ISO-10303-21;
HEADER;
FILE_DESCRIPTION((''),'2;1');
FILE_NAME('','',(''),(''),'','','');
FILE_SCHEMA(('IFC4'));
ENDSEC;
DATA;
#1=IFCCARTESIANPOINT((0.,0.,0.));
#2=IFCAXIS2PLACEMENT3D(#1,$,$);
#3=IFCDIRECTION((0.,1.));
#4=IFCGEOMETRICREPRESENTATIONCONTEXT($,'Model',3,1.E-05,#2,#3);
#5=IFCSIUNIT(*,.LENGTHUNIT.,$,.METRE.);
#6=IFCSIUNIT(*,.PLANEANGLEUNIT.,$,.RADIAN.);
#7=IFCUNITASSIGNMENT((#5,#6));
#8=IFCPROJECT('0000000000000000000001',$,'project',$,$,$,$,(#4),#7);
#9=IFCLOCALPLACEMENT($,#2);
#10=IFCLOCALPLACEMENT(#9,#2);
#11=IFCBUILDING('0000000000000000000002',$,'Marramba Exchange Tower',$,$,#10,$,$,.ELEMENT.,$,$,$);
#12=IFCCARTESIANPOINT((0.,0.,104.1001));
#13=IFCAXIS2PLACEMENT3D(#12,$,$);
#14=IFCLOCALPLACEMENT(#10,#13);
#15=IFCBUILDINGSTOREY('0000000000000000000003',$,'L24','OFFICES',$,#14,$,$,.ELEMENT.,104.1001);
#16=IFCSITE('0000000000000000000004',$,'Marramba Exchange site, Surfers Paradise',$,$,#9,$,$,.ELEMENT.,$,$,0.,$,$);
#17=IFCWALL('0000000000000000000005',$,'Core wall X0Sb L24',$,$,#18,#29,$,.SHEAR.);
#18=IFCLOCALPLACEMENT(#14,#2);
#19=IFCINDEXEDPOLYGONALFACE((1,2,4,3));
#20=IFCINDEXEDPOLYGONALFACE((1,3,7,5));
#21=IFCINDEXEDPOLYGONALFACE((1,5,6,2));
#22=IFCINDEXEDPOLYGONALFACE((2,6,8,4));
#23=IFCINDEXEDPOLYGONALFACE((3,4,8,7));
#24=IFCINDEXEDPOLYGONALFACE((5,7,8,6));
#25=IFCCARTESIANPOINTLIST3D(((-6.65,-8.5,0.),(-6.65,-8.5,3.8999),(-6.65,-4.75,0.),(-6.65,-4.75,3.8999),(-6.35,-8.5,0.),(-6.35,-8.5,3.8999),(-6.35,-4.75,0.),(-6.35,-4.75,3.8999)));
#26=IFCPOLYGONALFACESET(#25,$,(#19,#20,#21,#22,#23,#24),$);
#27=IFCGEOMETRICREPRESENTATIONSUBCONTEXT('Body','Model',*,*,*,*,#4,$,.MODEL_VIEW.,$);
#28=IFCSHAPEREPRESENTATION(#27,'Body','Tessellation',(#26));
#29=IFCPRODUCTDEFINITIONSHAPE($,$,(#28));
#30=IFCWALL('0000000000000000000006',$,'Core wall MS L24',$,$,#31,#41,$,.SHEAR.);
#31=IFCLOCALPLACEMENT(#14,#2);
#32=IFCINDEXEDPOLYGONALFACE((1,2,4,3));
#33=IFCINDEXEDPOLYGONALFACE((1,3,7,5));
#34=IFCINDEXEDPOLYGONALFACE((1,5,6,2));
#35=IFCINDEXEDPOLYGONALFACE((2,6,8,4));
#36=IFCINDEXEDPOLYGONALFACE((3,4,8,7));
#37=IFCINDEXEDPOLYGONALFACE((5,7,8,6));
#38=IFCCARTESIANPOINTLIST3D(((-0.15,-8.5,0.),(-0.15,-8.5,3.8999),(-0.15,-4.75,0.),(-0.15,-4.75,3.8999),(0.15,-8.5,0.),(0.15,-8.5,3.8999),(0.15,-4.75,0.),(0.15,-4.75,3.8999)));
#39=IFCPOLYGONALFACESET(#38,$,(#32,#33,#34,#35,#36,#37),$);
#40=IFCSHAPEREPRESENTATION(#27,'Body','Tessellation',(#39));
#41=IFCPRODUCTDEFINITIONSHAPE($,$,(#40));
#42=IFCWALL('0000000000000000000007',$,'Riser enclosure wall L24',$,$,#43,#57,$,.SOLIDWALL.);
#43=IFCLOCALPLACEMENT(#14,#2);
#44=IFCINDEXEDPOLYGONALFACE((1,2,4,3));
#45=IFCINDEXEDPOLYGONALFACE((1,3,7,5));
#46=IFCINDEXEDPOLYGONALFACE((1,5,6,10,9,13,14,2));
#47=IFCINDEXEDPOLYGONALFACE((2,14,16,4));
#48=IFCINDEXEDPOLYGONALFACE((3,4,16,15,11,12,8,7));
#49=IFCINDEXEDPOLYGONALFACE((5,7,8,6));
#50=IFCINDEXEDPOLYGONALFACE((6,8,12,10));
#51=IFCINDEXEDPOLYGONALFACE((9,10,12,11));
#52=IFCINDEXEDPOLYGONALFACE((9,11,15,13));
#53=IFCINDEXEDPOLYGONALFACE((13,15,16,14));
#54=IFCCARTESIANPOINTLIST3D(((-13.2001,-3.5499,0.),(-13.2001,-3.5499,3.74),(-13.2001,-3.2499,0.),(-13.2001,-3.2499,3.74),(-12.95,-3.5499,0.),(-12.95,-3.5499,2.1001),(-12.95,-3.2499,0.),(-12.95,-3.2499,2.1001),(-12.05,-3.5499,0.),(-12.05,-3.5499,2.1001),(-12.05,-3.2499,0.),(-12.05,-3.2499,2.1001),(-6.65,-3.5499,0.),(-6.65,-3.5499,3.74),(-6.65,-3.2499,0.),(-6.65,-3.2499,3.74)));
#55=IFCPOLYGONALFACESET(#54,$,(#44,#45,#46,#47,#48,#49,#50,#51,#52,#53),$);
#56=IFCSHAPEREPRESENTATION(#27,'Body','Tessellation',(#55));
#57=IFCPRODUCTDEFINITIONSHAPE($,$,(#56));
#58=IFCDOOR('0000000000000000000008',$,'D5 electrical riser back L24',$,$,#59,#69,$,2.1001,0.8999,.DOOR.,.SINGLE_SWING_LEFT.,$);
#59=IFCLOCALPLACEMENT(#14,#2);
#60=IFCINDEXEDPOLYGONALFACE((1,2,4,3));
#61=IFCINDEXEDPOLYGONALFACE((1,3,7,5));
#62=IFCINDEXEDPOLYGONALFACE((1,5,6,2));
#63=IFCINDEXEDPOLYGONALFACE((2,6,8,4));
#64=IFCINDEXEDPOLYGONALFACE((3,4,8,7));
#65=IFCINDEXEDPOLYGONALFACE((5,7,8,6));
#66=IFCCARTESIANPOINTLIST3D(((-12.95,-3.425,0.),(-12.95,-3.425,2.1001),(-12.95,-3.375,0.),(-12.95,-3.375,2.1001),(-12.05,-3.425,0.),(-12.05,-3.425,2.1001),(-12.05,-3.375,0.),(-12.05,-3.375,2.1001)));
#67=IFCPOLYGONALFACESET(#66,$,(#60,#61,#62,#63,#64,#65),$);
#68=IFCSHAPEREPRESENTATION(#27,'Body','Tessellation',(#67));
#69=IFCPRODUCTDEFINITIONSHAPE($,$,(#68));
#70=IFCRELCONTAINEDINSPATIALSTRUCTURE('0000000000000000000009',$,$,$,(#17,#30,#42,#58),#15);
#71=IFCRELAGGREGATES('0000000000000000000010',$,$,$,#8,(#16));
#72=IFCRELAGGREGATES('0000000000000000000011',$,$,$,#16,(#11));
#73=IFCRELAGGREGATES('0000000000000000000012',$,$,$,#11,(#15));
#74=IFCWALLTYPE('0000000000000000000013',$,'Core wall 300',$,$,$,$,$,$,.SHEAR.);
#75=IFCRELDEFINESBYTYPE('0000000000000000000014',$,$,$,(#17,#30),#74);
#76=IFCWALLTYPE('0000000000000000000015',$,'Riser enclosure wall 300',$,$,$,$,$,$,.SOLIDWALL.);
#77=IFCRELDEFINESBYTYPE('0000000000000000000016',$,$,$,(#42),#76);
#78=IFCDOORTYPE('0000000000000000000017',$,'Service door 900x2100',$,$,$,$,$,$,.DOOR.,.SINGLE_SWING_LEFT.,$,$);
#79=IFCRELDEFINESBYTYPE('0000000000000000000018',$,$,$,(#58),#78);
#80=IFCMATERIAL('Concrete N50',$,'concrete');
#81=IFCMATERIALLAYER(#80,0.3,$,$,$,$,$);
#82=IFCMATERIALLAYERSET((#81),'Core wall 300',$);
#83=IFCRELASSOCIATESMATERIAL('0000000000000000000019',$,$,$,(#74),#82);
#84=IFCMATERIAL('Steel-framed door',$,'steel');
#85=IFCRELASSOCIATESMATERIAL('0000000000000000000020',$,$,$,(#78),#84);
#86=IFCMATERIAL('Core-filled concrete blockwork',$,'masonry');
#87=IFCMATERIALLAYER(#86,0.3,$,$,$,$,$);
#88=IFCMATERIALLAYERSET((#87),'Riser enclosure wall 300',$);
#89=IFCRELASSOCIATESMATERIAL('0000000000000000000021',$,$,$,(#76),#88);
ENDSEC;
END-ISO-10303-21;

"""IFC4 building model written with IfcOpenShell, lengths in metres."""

from ifc_helpers import new_model, si_unit, direction, frame, frame_2d, origin, place, context, subcontext, project, spatial, rectangle, extrude, material, layer, layer_set, type_object, element, fill, save


model = new_model("IFC4")

# Units and contexts
model_context = context("Model", 3, precision=1e-05, world=origin(), true_north=direction((0.0, 1.0)))
body_context = subcontext(model_context, "Body", "Model", "MODEL_VIEW")
ifc_project = project(units=[si_unit("LENGTHUNIT", "METRE"), si_unit("PLANEANGLEUNIT", "RADIAN")], contexts=[model_context])

# Site, building, storey
site_placement = place(None, origin())
site = spatial("IfcSite", under=ifc_project, at=site_placement, Name="Marramba Exchange site, Surfers Paradise", CompositionType="ELEMENT", RefElevation=0.0)
building_placement = place(site_placement, origin())
building = spatial("IfcBuilding", under=site, at=building_placement, Name="Marramba Exchange Tower", CompositionType="ELEMENT")
storey_placement = place(building_placement, frame((0.0, 0.0, 104.1001)))
storey = spatial("IfcBuildingStorey", under=building, at=storey_placement, Name="L24", Description="OFFICES", CompositionType="ELEMENT", Elevation=104.1001)

# Shared definitions
ifc_material_1 = material(Name="Concrete N50", Category="concrete")

# Shared definitions
ifc_layer_1 = layer(ifc_material_1, 0.3)
ifc_layer_set_1 = layer_set([ifc_layer_1], Name="Core wall 300")
wall_type_1 = type_object("IfcWallType", Name="Core wall 300", PredefinedType="SHEAR", material=ifc_layer_set_1)
ifc_material_2 = material(Name="Steel-framed door", Category="steel")
door_type_1 = type_object("IfcDoorType", Name="Service door 900x2100", OperationType="SINGLE_SWING_LEFT", PredefinedType="DOOR", material=ifc_material_2)

# Walls
for number, where, z_axis, x_axis, name in (
    (1, (-6.5, -4.75, 0.0), (0.0, 0.0, 1.0), (0.0, -1.0, 0.0), "Core wall X0Sb L24"),
    (2, (0.0, -4.75, 0.0), (0.0, 0.0, 1.0), (0.0, -1.0, 0.0), "Core wall MS L24"),
):
    element("IfcWall", number, at=place(storey_placement, frame(where, z_axis=z_axis, x_axis=x_axis)), inside=storey, type_object=wall_type_1, Name=name, PredefinedType="SHEAR", context=body_context, shape_type="SweptSolid", body=[
        extrude(rectangle(XDim=3.75, YDim=0.3, at=frame_2d((1.875, 0.0))), origin(), (0.0, 0.0, 1.0), 3.8999),
    ])

# Wall, opening, door
ifc_material_3 = material(Name="Core-filled concrete blockwork", Category="masonry")
ifc_layer_2 = layer(ifc_material_3, 0.3)
ifc_layer_set_2 = layer_set([ifc_layer_2], Name="Riser enclosure wall 300")
wall_type_2 = type_object("IfcWallType", Name="Riser enclosure wall 300", PredefinedType="SOLIDWALL", material=ifc_layer_set_2)
wall_1_placement = place(storey_placement, frame((-13.2, -3.3999, 0.0), z_axis=(0.0, 0.0, 1.0), x_axis=(1.0, 0.0, 0.0)))
wall_1 = element("IfcWall", 3, at=wall_1_placement, inside=storey, type_object=wall_type_2, Name="Riser enclosure wall L24", PredefinedType="SOLIDWALL", context=body_context, shape_type="SweptSolid", body=[
    extrude(rectangle(XDim=6.55, YDim=0.3, at=frame_2d((3.2749, 0.0))), origin(), (0.0, 0.0, 1.0), 3.74),
])
opening_1_placement = place(wall_1_placement, frame((0.25, 0.0, 0.0)))
opening_1 = element("IfcOpeningElement", 4, at=opening_1_placement, cuts=wall_1, PredefinedType="OPENING", context=body_context, shape_type="SweptSolid", body=[
    extrude(rectangle(XDim=0.8999, YDim=2.1001, at=frame_2d((0.45, 1.05))), frame((0.0, 0.1599, 0.0), z_axis=(0.0, -1.0, 0.0), x_axis=(1.0, 0.0, 0.0)), (0.0, 0.0, 1.0), 0.3201),
])
door_1_placement = place(opening_1_placement, origin())
door_1 = element("IfcDoor", 5, at=door_1_placement, inside=storey, type_object=door_type_1, Name="D5 electrical riser back L24", OperationType="SINGLE_SWING_LEFT", OverallHeight=2.1001, OverallWidth=0.8999, PredefinedType="DOOR", context=body_context, shape_type="SweptSolid", body=[
    extrude(rectangle(XDim=0.8999, YDim=2.1001, at=frame_2d((0.45, 1.05))), frame((0.0, 0.0249, 0.0), z_axis=(0.0, -1.0, 0.0), x_axis=(1.0, 0.0, 0.0)), (0.0, 0.0, 1.0), 0.05),
])
fill(opening_1, door_1)

save(model, "model.ifc")
